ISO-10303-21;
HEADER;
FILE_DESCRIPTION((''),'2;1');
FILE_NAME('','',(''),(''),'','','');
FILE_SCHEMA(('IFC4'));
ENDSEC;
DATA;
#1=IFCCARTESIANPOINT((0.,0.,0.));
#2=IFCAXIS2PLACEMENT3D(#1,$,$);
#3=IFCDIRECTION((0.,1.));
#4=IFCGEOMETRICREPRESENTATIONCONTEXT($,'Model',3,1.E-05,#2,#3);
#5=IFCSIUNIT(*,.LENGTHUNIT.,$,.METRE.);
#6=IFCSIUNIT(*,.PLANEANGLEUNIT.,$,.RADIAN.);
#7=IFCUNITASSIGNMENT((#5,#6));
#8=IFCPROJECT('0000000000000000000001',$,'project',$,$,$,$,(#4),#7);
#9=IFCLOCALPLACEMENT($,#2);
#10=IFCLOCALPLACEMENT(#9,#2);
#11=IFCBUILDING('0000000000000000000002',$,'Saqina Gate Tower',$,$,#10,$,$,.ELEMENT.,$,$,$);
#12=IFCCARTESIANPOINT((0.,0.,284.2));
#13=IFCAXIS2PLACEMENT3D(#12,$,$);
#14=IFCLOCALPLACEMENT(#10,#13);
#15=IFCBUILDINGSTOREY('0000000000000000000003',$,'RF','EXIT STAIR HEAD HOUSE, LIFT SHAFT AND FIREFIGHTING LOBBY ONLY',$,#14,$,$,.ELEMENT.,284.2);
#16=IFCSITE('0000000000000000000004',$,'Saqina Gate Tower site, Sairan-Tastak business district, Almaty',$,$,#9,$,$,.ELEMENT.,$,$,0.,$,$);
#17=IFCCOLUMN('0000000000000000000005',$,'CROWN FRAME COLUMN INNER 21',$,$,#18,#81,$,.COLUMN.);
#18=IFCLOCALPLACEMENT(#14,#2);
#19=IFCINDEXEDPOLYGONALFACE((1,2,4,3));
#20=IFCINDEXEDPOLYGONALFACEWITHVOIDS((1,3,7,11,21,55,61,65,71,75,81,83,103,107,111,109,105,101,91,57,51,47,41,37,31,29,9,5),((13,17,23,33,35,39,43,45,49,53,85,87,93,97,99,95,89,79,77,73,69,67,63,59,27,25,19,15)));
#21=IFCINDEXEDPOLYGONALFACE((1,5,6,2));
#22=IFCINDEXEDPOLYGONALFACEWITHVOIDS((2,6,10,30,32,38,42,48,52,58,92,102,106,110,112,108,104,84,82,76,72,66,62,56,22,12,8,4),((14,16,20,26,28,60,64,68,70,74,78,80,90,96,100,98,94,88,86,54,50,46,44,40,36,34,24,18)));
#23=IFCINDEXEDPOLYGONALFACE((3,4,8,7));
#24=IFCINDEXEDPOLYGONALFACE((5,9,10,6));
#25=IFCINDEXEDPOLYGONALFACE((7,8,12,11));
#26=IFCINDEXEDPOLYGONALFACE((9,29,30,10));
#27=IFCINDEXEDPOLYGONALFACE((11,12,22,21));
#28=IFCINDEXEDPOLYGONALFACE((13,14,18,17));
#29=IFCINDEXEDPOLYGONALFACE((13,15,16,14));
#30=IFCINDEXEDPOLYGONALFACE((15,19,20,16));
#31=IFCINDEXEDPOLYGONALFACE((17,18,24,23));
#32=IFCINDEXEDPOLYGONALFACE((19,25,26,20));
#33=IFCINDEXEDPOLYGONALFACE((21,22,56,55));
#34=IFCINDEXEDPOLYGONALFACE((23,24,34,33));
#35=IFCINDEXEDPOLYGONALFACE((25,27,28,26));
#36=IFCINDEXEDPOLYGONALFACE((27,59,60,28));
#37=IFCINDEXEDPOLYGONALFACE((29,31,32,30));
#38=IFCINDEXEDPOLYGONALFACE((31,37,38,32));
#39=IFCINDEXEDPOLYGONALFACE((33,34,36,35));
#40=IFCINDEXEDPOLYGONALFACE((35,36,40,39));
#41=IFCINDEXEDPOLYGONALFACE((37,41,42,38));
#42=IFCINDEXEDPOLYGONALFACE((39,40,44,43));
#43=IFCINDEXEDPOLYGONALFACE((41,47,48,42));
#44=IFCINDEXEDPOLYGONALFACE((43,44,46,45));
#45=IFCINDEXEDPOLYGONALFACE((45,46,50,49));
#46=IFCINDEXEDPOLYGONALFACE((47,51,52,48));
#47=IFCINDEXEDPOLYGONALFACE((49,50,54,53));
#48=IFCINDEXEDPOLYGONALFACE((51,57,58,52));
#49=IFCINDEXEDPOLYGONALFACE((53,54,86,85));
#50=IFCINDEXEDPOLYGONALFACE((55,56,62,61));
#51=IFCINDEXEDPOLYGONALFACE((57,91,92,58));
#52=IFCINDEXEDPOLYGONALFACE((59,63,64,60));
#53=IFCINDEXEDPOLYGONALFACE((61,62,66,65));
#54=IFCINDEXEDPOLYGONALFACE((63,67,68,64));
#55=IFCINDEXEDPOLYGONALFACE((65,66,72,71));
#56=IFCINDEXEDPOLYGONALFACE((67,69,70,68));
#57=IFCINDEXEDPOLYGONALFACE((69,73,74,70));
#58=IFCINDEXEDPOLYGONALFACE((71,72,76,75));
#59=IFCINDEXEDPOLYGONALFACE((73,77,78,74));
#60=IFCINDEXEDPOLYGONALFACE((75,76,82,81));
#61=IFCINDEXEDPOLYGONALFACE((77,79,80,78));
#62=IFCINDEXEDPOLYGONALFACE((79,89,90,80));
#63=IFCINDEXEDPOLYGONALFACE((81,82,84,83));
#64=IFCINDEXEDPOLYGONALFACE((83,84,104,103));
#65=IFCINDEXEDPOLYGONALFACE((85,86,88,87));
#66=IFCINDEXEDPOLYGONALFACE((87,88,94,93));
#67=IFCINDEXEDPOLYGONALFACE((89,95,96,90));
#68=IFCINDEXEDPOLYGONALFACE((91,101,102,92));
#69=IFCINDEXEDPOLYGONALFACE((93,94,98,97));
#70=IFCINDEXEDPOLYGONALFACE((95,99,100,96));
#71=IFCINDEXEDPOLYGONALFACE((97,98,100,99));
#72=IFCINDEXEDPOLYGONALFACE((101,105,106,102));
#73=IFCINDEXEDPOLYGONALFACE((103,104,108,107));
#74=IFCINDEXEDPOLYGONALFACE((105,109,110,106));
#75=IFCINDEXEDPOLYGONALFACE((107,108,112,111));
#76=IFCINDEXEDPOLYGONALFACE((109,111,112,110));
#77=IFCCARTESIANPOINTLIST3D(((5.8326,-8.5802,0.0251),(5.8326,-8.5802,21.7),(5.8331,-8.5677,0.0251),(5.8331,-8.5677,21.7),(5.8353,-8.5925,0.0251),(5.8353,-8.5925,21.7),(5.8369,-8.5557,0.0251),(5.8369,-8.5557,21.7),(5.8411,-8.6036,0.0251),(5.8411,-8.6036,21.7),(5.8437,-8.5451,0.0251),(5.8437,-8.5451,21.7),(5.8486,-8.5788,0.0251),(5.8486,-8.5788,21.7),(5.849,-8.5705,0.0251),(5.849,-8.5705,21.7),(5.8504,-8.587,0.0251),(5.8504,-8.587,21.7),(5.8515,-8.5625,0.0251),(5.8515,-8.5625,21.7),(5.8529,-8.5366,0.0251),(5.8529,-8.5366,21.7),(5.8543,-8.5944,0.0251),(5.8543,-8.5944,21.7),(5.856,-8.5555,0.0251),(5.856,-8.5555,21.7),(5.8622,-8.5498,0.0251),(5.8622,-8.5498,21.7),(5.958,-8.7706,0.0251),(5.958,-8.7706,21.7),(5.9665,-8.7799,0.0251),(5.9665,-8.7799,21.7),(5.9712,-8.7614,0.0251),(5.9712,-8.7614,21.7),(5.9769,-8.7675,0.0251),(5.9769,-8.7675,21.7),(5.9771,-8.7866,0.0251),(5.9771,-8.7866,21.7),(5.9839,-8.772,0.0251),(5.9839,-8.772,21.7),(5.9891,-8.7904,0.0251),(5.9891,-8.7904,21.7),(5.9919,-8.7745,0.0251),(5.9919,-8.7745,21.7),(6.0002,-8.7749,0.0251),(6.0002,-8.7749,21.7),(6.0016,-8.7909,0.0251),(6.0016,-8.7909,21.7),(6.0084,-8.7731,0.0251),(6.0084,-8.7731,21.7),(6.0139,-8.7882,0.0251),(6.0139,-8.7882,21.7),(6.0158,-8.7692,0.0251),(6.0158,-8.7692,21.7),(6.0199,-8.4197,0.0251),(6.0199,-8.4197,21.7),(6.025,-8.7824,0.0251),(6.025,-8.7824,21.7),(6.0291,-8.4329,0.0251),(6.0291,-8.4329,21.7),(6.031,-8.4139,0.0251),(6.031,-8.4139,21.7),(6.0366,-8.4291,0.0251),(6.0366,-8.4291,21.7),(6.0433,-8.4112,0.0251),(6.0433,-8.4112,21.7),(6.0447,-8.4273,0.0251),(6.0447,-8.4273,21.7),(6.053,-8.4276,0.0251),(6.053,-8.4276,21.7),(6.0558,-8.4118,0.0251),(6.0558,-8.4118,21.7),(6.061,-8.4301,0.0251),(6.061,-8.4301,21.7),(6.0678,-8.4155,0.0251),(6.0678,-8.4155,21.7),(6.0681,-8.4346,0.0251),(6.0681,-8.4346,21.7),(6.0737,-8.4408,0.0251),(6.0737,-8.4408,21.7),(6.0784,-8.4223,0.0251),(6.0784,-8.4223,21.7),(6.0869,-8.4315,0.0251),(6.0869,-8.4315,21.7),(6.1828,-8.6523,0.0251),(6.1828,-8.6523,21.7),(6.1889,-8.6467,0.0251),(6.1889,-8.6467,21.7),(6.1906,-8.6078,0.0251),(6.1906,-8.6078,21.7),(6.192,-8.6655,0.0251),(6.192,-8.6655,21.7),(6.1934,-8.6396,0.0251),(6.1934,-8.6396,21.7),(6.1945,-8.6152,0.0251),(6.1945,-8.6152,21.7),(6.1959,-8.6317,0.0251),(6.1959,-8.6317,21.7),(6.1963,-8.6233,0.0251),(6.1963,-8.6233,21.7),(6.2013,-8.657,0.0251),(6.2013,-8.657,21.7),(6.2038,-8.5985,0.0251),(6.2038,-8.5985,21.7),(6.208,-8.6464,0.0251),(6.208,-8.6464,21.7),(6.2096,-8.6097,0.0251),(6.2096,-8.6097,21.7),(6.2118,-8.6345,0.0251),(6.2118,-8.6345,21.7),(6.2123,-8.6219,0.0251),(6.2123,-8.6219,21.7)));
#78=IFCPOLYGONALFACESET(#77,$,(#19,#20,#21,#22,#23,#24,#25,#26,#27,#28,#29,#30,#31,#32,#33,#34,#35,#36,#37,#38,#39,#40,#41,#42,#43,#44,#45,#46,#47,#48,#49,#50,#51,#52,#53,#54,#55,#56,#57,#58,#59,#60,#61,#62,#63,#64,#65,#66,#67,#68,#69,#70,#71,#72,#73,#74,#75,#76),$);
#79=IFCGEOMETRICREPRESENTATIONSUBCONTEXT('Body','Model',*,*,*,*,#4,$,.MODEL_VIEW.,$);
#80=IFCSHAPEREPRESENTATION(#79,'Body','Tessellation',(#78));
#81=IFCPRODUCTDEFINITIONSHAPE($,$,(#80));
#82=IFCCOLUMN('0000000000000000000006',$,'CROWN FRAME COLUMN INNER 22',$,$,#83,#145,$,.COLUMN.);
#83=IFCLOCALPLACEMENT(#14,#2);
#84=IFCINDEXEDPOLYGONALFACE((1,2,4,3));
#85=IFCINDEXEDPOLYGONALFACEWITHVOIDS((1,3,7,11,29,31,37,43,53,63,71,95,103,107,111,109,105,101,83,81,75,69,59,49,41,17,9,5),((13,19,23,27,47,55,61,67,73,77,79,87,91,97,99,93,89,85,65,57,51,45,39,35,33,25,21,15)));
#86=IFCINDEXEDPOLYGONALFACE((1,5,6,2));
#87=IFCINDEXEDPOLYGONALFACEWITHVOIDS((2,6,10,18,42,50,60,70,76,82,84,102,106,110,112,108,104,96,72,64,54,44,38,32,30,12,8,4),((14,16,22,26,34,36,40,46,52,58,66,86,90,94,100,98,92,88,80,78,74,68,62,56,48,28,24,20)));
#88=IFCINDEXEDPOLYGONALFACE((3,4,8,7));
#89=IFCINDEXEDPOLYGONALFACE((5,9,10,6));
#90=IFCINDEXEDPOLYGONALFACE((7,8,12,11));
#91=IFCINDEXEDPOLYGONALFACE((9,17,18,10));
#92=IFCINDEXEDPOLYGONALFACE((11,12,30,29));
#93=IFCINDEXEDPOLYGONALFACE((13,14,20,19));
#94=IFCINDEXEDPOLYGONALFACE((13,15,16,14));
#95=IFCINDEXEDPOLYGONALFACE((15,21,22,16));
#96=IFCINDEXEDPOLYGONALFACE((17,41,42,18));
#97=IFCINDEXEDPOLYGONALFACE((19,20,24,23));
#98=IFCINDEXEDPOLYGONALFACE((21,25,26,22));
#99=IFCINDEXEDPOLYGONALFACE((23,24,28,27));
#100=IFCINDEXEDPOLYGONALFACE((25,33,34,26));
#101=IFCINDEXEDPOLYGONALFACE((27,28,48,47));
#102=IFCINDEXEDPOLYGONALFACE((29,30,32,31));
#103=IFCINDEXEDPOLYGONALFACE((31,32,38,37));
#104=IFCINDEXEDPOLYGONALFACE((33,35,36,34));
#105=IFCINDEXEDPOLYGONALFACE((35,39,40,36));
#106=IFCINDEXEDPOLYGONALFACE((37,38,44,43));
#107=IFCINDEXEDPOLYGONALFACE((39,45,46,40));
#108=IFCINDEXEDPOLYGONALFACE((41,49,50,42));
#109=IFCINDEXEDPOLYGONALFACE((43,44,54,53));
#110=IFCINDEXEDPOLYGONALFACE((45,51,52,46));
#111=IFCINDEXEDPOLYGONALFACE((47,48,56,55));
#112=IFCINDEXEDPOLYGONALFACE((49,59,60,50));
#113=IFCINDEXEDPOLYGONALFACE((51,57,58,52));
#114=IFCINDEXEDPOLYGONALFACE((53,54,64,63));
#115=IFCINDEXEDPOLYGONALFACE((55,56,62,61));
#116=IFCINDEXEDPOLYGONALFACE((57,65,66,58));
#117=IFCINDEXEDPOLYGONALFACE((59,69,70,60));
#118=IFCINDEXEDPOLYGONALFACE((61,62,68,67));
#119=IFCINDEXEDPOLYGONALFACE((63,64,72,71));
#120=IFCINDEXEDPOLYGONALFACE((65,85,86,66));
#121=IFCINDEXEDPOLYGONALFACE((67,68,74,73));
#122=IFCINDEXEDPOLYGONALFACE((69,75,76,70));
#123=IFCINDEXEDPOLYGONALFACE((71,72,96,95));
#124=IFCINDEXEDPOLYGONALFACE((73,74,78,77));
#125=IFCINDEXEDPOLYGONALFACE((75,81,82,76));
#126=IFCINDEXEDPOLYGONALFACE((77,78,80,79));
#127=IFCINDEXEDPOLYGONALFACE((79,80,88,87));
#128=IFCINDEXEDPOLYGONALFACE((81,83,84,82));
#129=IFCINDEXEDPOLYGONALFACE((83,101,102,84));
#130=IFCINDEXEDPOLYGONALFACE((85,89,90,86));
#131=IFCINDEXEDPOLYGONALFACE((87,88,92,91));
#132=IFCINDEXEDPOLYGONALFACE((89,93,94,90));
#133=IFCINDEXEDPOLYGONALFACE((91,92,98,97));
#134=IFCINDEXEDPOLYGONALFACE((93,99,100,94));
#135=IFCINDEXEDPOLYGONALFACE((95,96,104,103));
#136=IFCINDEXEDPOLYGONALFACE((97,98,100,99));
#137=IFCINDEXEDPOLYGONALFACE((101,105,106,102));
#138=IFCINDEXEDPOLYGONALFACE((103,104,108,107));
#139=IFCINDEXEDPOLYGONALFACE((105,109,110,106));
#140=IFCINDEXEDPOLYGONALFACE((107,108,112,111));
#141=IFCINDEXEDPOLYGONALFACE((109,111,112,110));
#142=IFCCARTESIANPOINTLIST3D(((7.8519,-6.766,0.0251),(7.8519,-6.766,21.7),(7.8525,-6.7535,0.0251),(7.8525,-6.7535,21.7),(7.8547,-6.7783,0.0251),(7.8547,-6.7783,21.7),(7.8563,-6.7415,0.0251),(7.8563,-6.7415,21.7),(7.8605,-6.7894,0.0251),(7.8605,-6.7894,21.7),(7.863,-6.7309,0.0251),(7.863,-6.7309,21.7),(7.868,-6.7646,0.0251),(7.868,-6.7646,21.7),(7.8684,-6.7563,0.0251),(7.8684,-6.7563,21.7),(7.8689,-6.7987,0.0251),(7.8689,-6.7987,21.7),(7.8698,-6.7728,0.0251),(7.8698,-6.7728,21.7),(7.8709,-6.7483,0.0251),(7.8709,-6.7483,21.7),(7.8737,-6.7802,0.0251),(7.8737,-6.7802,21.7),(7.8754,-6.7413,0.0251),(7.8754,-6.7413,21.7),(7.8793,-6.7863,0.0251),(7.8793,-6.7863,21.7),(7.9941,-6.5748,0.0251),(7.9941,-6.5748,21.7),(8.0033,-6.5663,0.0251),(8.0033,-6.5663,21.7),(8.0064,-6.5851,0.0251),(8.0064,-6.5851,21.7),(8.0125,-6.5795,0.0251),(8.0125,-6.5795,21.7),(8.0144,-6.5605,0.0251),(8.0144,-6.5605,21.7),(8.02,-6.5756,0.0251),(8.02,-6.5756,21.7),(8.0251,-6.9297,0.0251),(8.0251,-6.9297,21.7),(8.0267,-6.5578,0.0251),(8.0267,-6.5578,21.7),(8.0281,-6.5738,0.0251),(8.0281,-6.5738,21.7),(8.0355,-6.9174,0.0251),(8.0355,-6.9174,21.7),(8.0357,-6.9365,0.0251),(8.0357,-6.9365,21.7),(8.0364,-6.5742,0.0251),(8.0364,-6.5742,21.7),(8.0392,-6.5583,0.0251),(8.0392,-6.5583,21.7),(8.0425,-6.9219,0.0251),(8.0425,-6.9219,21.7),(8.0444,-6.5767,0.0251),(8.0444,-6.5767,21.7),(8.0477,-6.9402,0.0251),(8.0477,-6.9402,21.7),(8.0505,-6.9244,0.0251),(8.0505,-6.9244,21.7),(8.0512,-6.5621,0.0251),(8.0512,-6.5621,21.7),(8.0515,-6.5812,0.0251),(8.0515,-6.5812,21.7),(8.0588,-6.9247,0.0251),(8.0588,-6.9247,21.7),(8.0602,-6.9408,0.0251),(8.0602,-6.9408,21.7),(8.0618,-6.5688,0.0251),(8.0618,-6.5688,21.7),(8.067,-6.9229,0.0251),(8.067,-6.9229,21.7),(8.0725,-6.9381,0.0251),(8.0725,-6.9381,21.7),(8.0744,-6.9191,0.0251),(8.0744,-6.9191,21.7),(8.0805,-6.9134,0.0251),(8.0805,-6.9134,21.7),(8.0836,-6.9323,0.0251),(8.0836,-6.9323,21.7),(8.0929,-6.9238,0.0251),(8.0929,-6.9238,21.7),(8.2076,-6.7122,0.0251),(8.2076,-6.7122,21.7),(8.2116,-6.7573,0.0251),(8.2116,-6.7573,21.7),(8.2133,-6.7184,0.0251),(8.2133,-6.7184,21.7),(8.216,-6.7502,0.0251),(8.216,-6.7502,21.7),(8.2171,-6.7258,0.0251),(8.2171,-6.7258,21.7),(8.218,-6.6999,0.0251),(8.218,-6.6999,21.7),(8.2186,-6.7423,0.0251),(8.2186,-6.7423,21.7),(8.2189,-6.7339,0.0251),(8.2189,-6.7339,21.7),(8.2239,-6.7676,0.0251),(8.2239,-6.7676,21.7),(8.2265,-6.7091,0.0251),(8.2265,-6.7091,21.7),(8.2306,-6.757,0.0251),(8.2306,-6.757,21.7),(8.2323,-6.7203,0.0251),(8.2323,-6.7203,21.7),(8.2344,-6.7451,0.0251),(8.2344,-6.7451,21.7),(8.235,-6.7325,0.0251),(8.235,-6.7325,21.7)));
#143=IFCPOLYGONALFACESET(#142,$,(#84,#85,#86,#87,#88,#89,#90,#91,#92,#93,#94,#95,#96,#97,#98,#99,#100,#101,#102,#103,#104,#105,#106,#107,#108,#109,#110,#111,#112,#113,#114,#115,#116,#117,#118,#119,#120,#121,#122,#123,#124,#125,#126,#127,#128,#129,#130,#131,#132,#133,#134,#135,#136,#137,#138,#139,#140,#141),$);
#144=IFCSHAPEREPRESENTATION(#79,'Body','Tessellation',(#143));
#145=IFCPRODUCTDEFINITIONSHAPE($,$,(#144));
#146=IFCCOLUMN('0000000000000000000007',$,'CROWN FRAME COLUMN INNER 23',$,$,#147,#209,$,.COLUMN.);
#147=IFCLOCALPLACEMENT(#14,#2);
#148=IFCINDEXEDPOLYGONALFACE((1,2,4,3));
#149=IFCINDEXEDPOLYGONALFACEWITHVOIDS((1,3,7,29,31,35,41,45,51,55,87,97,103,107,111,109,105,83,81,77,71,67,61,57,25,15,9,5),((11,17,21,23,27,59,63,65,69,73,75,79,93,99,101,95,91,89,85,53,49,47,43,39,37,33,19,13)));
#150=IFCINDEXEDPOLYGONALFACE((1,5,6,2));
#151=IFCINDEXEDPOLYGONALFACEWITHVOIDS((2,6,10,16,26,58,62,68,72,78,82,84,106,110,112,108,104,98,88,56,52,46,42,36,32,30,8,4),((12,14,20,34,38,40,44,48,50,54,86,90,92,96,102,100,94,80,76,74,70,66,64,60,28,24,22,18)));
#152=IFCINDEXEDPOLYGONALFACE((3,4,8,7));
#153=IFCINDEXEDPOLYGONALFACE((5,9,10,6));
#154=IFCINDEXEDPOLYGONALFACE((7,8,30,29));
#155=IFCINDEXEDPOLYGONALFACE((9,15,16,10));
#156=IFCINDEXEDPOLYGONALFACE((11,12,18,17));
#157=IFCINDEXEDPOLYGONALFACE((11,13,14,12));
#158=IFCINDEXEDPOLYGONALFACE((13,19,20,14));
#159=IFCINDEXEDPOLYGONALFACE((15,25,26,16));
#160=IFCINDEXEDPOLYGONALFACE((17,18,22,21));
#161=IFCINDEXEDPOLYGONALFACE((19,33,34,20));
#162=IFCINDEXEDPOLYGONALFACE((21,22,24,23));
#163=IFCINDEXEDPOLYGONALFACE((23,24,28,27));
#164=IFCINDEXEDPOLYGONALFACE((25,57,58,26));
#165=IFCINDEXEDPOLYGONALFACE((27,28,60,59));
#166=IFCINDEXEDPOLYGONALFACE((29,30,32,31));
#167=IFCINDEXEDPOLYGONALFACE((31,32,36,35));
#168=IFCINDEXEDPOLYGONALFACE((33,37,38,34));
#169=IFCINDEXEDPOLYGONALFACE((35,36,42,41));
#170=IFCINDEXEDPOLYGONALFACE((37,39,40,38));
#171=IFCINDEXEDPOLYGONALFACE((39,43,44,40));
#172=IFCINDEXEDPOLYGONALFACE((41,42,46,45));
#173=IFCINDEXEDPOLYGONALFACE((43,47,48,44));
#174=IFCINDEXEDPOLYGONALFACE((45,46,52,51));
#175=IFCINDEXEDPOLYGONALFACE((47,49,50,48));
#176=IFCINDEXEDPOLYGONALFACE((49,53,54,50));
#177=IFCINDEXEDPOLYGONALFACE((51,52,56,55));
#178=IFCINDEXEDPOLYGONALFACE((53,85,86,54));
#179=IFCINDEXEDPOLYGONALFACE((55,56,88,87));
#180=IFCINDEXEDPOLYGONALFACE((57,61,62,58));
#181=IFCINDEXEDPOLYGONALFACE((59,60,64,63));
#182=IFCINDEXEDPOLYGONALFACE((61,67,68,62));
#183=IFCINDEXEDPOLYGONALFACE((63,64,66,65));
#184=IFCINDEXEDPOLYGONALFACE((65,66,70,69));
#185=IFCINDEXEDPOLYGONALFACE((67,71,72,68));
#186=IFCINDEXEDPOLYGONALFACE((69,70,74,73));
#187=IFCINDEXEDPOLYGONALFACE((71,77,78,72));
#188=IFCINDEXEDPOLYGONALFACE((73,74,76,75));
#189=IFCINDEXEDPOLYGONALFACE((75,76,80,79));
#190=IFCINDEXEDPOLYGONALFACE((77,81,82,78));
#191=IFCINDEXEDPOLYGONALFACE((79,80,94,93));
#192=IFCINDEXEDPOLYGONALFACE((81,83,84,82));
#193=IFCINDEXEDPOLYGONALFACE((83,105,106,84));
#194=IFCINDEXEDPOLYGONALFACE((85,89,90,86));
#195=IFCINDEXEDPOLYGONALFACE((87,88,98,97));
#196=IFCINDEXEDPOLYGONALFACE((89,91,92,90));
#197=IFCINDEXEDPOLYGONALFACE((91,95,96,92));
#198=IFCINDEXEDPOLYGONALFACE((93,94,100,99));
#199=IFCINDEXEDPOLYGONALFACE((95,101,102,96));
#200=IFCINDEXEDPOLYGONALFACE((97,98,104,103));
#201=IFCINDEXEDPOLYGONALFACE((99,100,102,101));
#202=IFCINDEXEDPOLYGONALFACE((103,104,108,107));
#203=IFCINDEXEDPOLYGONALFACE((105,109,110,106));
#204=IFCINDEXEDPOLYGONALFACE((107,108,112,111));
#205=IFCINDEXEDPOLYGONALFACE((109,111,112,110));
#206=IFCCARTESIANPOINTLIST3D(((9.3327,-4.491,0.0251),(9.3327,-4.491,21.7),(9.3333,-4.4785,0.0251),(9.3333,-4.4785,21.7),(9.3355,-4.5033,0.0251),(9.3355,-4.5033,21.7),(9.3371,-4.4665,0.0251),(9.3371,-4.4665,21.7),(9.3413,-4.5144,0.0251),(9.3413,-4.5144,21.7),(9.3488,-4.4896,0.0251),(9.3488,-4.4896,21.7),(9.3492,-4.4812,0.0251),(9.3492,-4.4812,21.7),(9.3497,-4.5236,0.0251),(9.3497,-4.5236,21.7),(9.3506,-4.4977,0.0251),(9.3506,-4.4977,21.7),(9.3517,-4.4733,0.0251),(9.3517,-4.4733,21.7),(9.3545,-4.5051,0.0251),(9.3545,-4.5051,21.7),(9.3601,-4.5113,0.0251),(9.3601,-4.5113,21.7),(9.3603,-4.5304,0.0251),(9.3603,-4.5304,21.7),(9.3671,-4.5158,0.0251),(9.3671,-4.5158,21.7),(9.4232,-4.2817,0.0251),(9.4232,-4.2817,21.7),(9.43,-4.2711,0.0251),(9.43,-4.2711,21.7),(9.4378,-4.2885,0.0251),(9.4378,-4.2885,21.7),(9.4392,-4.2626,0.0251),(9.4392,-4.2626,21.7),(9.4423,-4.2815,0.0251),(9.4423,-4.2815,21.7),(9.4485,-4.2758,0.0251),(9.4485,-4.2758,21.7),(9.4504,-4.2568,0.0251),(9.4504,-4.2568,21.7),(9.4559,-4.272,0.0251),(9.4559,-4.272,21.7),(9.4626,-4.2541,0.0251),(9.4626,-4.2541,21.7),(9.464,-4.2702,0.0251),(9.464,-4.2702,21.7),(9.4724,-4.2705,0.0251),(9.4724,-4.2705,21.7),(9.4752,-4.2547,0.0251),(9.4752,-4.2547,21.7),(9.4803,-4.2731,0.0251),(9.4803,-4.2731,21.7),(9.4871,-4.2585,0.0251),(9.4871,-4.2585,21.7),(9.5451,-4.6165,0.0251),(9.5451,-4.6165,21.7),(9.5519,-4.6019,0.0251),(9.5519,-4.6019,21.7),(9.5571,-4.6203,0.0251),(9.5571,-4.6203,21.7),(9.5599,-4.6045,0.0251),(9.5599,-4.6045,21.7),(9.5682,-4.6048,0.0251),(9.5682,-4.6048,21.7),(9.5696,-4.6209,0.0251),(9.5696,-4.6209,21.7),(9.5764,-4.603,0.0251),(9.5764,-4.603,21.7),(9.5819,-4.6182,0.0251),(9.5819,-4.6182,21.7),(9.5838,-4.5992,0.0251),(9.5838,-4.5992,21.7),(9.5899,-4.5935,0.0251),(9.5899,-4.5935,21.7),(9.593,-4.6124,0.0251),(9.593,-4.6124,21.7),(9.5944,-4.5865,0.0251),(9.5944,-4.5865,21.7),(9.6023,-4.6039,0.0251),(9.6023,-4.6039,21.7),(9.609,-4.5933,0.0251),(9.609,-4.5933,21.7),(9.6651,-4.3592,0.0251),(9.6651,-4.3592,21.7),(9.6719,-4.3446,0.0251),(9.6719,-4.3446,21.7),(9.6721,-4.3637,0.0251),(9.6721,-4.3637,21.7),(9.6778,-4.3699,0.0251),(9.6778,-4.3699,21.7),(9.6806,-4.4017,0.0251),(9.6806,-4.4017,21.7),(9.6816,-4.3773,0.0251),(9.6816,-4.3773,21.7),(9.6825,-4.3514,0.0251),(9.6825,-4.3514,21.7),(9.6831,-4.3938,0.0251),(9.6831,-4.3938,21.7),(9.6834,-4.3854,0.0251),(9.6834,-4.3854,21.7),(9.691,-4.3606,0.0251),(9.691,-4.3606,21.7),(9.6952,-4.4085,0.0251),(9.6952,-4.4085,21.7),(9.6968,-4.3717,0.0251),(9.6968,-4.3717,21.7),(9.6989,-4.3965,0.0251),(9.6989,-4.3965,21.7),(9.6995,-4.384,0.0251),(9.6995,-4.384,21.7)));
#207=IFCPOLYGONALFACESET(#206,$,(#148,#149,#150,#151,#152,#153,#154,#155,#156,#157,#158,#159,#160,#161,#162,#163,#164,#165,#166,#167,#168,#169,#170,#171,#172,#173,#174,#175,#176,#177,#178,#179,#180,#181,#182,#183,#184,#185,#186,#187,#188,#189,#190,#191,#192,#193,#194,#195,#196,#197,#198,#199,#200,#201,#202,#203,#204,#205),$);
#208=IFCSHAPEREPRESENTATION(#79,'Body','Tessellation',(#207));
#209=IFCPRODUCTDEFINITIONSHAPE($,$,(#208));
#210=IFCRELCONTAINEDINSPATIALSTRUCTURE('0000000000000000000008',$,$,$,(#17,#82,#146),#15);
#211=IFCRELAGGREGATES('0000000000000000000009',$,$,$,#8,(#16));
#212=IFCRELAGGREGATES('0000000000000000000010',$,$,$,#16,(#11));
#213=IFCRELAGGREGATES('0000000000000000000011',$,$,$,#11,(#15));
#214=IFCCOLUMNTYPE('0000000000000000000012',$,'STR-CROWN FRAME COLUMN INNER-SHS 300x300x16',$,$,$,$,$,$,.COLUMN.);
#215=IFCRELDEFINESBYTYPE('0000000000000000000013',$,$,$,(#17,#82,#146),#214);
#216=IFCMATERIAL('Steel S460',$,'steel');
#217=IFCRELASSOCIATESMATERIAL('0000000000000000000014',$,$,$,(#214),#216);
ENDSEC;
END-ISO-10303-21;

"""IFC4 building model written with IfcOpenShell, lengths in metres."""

from ifc_helpers import new_model, si_unit, direction, frame, origin, origin_2d, place, context, subcontext, project, spatial, hollow_rectangle, extrude, material, material_profile, profile_set, type_object, element, save


model = new_model("IFC4")

# Units and contexts
model_context = context("Model", 3, precision=1e-05, world=origin(), true_north=direction((0.0, 1.0)))
body_context = subcontext(model_context, "Body", "Model", "MODEL_VIEW")
ifc_project = project(units=[si_unit("LENGTHUNIT", "METRE"), si_unit("PLANEANGLEUNIT", "RADIAN")], contexts=[model_context])

# Site, building, storey
site_placement = place(None, origin())
site = spatial("IfcSite", under=ifc_project, at=site_placement, Name="Saqina Gate Tower site, Sairan-Tastak business district, Almaty", CompositionType="ELEMENT", RefElevation=0.0)
building_placement = place(site_placement, origin())
building = spatial("IfcBuilding", under=site, at=building_placement, Name="Saqina Gate Tower", CompositionType="ELEMENT")
storey_placement = place(building_placement, frame((0.0, 0.0, 284.2)))
storey = spatial("IfcBuildingStorey", under=building, at=storey_placement, Name="RF", Description="EXIT STAIR HEAD HOUSE, LIFT SHAFT AND FIREFIGHTING LOBBY ONLY", CompositionType="ELEMENT", Elevation=284.2)

# Columns
ifc_material_1 = material(Name="Steel S460", Category="steel")
ifc_material_profile_1 = material_profile(ifc_material_1, hollow_rectangle(XDim=0.3, YDim=0.3, WallThickness=0.0161, InnerFilletRadius=0.032, OuterFilletRadius=0.0481, at=origin_2d()), Name="SHS 300x300x16")
ifc_profile_set_1 = profile_set([ifc_material_profile_1], Name="Steel S460")
column_type = type_object("IfcColumnType", Name="STR-CROWN FRAME COLUMN INNER-SHS 300x300x16", PredefinedType="COLUMN", material=ifc_profile_set_1)
for number, where, z_axis, x_axis, name in (
    (1, (6.0225, -8.6011, 0.0251), (0.0, 0.0, 1.0), (0.573576, -0.819152, 0.0), "CROWN FRAME COLUMN INNER 21"),
    (2, (8.0435, -6.7493, 0.0251), (0.0, 0.0, 1.0), (0.766044, -0.642788, 0.0), "CROWN FRAME COLUMN INNER 22"),
    (3, (9.5161, -4.4375, 0.0251), (0.0, 0.0, 1.0), (0.906308, -0.422618, 0.0), "CROWN FRAME COLUMN INNER 23"),
):
    element("IfcColumn", number, at=place(storey_placement, frame(where, z_axis=z_axis, x_axis=x_axis)), inside=storey, type_object=column_type, Name=name, PredefinedType="COLUMN", context=body_context, shape_type="SweptSolid", body=[
        extrude(hollow_rectangle(XDim=0.3, YDim=0.3, WallThickness=0.0161, InnerFilletRadius=0.032, OuterFilletRadius=0.0481, at=origin_2d()), origin(), (0.0, 0.0, 1.0), 21.6748),
    ])

save(model, "model.ifc")
